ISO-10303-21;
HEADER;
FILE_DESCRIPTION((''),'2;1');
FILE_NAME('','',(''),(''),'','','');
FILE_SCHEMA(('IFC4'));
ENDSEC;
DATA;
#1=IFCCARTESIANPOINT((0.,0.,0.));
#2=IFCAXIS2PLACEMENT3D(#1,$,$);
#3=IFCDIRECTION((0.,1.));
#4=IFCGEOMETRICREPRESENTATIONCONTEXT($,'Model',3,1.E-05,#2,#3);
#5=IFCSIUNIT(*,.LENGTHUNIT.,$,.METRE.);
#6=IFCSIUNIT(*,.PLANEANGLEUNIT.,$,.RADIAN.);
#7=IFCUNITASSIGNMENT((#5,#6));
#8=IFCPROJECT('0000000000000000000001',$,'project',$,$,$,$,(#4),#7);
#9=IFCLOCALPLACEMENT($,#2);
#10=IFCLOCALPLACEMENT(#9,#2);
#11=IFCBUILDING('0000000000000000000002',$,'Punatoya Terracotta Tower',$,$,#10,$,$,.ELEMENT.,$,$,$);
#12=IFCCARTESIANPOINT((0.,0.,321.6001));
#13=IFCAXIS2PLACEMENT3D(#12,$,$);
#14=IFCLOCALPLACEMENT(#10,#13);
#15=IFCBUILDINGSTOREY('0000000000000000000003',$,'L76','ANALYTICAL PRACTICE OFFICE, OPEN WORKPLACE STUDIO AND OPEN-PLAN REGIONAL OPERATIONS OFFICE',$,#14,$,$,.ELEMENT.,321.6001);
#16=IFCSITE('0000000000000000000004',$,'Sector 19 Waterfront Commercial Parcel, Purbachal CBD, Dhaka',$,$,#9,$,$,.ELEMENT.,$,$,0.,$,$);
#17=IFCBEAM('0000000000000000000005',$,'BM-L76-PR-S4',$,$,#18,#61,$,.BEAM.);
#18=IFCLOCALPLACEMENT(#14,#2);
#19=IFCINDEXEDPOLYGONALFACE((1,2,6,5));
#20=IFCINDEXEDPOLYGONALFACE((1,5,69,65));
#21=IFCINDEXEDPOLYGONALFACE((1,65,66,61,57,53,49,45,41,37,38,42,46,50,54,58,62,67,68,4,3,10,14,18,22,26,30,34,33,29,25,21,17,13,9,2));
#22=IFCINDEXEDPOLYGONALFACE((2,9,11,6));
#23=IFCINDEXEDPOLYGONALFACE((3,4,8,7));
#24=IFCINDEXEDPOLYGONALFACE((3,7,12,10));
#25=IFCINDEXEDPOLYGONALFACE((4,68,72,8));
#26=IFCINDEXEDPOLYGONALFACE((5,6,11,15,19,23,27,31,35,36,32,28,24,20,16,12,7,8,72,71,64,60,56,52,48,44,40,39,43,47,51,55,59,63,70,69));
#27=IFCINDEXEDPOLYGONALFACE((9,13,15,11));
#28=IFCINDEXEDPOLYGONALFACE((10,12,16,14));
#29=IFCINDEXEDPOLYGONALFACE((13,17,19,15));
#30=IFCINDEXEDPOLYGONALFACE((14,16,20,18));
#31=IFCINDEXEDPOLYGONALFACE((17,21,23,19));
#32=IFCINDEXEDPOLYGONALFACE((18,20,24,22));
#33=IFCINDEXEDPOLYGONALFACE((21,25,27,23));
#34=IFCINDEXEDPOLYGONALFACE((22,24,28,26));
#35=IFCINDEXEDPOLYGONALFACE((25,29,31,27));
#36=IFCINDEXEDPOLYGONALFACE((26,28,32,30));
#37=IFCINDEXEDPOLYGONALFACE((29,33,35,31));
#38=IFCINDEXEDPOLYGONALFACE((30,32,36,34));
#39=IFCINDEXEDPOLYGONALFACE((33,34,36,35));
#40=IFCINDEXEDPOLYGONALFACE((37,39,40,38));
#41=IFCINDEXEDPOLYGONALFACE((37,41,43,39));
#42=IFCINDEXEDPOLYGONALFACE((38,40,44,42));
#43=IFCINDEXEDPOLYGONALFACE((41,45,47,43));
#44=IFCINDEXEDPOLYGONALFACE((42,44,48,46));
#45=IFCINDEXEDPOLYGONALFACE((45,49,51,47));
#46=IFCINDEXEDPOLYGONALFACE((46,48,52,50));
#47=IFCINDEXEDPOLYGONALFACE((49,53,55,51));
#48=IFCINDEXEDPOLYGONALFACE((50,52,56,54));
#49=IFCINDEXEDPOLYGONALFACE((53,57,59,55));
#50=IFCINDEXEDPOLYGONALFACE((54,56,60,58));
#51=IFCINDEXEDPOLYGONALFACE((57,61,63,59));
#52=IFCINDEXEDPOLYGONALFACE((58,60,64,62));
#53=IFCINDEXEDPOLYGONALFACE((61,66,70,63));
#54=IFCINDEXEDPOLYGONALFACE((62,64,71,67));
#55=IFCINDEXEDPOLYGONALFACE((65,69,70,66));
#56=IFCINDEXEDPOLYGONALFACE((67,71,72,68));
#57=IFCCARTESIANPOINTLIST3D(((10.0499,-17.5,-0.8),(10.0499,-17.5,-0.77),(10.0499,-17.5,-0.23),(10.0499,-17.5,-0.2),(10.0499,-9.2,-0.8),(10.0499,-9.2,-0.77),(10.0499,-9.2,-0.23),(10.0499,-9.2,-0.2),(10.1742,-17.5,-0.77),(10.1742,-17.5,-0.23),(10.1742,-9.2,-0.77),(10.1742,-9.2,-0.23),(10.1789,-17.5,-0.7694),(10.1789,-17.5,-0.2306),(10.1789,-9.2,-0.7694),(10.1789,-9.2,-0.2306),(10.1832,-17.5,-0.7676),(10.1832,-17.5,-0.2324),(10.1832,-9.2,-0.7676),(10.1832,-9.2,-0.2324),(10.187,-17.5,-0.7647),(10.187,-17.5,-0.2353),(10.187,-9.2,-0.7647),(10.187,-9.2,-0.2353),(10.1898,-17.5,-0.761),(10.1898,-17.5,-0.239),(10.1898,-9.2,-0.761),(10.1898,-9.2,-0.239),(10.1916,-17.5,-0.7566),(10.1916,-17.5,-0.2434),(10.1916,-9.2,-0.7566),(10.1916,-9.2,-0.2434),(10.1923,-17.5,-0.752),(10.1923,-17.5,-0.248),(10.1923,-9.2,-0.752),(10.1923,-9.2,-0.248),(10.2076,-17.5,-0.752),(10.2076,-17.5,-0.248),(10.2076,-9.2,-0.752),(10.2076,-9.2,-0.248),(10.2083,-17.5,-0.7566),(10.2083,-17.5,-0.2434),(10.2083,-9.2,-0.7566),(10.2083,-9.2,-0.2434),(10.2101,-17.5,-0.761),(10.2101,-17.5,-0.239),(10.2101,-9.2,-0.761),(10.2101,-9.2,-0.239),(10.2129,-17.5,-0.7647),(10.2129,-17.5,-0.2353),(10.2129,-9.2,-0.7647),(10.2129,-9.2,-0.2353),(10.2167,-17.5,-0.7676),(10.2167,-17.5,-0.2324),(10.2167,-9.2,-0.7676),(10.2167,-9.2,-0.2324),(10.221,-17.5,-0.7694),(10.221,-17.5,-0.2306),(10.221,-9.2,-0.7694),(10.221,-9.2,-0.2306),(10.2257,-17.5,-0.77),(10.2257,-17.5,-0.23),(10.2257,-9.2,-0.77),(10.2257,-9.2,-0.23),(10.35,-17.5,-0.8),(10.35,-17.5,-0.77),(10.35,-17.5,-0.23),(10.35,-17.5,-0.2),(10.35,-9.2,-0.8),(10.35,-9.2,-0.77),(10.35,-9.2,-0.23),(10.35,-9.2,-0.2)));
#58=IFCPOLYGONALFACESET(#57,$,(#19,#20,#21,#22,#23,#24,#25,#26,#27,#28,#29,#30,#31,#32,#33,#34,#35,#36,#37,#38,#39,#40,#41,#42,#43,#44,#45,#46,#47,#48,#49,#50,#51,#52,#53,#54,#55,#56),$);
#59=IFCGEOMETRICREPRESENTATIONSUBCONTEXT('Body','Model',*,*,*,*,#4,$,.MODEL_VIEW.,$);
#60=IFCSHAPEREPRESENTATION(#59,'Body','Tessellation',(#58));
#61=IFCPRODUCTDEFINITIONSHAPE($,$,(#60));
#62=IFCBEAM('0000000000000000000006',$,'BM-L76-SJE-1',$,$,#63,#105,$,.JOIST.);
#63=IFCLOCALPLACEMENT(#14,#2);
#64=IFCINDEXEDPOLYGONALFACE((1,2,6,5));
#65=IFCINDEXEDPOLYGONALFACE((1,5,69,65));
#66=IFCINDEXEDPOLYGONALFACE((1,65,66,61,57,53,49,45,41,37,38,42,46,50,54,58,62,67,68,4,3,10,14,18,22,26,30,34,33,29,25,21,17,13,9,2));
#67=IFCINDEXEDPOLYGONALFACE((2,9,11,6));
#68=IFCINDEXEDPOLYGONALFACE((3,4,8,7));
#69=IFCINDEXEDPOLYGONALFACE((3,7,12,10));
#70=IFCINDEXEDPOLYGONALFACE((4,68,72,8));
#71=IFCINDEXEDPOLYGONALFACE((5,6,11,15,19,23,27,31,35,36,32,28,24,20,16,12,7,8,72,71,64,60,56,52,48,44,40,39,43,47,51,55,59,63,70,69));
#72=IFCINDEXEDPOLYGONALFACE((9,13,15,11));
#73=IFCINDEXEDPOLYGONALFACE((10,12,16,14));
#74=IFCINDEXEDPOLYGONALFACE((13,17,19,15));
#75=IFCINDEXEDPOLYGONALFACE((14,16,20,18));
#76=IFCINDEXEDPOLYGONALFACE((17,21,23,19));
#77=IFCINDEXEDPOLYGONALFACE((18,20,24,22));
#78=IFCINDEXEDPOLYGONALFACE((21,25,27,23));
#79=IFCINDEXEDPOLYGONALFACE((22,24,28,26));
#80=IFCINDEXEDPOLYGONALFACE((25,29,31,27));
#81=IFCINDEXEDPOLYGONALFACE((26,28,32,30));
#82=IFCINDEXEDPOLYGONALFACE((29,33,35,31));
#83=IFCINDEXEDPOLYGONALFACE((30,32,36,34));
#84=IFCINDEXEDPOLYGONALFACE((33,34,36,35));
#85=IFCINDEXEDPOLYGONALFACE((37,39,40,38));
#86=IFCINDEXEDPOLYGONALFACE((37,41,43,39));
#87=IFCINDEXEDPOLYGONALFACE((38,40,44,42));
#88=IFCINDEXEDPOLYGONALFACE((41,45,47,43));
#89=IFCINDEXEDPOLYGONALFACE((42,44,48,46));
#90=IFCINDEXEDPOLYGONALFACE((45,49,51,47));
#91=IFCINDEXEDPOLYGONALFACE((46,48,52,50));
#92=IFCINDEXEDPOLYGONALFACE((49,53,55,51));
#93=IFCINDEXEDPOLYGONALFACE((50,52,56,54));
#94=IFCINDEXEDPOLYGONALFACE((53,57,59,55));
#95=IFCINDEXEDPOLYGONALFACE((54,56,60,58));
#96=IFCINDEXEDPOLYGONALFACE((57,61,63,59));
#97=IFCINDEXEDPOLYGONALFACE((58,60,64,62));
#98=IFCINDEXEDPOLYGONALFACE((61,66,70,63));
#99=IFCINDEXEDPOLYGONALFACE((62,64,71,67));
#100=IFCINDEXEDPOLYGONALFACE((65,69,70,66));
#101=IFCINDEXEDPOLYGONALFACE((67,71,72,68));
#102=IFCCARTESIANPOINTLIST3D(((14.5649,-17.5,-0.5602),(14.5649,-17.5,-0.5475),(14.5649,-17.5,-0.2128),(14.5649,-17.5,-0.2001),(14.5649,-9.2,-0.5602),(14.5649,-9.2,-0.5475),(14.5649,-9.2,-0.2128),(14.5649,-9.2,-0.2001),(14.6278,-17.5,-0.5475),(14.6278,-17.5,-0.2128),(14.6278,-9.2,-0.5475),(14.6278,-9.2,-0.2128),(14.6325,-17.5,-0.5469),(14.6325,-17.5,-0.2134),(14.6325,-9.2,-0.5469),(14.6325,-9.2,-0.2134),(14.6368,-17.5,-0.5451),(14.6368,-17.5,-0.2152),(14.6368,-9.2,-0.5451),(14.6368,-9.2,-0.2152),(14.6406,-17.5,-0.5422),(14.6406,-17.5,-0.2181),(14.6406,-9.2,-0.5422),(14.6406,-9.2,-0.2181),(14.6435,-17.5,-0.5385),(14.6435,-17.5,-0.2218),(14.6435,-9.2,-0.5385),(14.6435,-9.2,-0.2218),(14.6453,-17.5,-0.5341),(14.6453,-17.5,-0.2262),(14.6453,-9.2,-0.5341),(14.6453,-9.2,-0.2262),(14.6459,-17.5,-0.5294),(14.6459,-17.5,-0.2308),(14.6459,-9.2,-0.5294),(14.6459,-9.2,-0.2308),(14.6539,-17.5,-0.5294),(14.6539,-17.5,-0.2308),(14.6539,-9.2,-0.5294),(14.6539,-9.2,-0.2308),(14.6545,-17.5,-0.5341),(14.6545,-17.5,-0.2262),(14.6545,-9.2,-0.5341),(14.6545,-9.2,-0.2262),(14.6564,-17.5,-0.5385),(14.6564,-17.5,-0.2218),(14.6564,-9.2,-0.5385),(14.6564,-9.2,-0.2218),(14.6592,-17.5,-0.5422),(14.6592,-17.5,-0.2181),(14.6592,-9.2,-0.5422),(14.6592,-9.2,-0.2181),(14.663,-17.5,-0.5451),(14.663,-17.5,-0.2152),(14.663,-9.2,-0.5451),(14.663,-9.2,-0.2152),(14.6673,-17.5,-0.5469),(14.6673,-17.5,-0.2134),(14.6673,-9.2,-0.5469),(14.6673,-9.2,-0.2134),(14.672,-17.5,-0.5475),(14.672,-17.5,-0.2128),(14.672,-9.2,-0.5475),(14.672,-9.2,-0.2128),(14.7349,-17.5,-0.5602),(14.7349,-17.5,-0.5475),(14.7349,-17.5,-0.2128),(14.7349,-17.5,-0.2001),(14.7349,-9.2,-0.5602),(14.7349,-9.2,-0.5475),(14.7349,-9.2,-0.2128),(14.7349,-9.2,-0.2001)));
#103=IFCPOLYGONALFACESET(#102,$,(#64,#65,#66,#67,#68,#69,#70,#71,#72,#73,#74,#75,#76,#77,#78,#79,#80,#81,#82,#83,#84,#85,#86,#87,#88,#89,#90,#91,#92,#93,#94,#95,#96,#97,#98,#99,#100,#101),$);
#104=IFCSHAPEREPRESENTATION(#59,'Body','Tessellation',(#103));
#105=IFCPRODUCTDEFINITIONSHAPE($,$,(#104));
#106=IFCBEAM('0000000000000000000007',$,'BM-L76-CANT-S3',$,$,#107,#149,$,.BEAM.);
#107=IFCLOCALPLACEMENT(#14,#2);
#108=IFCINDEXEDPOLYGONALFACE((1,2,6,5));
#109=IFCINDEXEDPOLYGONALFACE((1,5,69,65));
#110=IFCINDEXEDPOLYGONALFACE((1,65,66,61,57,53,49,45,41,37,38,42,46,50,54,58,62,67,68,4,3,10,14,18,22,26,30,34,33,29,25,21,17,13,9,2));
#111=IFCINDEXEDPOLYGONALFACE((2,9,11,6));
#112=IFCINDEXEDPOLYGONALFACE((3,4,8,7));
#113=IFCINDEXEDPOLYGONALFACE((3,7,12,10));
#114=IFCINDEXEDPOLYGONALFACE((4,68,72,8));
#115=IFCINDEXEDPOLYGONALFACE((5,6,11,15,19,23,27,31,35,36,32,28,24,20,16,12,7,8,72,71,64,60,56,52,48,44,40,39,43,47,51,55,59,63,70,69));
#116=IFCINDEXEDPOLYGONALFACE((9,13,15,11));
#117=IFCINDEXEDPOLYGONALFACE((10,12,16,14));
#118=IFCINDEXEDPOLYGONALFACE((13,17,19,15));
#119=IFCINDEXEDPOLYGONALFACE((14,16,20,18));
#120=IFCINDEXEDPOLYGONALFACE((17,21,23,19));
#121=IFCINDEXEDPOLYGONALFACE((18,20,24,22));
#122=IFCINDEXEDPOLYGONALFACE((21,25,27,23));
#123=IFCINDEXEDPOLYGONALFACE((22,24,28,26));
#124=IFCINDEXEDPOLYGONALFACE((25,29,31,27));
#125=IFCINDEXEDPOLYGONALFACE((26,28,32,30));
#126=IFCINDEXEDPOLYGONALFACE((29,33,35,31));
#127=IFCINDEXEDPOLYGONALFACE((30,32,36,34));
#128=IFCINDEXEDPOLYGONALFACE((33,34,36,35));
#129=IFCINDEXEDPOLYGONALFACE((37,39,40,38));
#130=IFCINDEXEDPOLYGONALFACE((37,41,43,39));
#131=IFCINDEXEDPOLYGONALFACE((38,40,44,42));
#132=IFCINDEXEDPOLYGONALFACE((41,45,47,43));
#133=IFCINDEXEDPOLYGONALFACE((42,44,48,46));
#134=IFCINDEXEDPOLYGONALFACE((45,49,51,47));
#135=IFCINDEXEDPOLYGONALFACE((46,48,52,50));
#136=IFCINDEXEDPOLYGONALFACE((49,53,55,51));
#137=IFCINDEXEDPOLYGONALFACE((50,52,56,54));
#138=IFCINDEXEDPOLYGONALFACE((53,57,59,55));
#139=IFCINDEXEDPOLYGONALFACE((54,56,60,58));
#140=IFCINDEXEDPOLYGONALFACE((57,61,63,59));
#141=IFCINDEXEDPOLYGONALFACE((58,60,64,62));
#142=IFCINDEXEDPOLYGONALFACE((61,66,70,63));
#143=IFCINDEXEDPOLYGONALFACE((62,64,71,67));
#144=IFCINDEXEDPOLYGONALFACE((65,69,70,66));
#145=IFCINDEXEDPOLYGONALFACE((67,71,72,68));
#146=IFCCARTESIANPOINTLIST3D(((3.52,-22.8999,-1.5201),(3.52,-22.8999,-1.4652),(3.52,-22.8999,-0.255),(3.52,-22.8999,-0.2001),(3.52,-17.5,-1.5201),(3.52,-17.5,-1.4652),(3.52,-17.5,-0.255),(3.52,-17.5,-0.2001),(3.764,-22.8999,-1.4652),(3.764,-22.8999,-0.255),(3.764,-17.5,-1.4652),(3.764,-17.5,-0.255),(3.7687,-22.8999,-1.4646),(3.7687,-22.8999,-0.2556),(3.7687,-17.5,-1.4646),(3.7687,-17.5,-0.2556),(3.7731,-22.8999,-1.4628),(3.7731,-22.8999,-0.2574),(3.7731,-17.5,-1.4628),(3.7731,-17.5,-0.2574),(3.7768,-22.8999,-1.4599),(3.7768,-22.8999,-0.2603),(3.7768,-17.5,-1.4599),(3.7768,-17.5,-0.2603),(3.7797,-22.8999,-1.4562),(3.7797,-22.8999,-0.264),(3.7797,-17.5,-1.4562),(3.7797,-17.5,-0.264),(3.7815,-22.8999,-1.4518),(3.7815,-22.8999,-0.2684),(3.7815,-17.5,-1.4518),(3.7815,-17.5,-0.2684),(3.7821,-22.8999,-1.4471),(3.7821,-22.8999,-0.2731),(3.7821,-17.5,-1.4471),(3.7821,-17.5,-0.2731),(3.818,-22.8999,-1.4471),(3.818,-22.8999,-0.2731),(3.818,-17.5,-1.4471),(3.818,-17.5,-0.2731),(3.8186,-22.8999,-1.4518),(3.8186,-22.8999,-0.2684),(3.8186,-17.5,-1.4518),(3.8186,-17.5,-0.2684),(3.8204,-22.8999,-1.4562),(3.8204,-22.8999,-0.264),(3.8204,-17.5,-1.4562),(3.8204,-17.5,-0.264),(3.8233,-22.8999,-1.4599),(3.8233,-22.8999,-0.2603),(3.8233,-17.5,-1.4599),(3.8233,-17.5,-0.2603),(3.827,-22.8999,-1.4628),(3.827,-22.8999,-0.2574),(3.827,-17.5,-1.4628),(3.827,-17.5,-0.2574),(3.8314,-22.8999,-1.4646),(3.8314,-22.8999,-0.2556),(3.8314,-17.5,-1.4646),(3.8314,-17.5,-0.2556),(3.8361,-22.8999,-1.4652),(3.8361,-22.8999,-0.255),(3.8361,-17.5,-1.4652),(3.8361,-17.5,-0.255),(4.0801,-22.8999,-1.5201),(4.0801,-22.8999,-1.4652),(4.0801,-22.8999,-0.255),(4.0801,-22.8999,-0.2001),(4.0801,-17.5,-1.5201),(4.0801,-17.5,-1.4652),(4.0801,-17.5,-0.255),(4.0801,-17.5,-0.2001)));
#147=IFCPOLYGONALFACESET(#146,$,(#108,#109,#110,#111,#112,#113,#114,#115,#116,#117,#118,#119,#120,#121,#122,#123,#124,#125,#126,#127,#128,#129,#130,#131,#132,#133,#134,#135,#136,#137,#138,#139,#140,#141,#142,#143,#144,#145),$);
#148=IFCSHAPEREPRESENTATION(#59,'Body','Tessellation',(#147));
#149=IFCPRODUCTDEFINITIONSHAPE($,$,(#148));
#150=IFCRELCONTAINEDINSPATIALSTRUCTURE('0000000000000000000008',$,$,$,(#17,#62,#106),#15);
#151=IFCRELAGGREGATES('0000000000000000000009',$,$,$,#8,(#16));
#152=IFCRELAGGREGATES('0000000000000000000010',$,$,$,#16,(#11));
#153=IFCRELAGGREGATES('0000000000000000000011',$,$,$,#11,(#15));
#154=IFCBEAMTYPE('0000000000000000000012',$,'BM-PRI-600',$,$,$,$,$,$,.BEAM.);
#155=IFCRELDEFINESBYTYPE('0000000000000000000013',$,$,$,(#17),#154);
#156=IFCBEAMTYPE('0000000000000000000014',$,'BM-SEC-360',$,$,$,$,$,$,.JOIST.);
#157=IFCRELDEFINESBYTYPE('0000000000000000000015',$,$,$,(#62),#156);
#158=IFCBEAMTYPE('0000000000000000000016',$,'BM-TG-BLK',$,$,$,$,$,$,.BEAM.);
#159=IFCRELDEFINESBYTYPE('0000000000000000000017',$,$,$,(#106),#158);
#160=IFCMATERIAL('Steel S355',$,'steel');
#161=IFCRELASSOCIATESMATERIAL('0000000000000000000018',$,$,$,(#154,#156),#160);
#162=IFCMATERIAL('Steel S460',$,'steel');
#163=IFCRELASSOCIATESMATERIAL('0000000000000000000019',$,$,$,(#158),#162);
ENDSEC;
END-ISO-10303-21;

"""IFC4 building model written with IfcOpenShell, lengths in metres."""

from ifc_helpers import new_model, si_unit, direction, frame, origin, origin_2d, place, context, subcontext, project, spatial, i_section, extrude, material, material_profile, profile_set, type_object, element, save


model = new_model("IFC4")

# Units and contexts
model_context = context("Model", 3, precision=1e-05, world=origin(), true_north=direction((0.0, 1.0)))
body_context = subcontext(model_context, "Body", "Model", "MODEL_VIEW")
ifc_project = project(units=[si_unit("LENGTHUNIT", "METRE"), si_unit("PLANEANGLEUNIT", "RADIAN")], contexts=[model_context])

# Site, building, storey
site_placement = place(None, origin())
site = spatial("IfcSite", under=ifc_project, at=site_placement, Name="Sector 19 Waterfront Commercial Parcel, Purbachal CBD, Dhaka", CompositionType="ELEMENT", RefElevation=0.0)
building_placement = place(site_placement, origin())
building = spatial("IfcBuilding", under=site, at=building_placement, Name="Punatoya Terracotta Tower", CompositionType="ELEMENT")
storey_placement = place(building_placement, frame((0.0, 0.0, 321.6001)))
storey = spatial("IfcBuildingStorey", under=building, at=storey_placement, Name="L76", Description="ANALYTICAL PRACTICE OFFICE, OPEN WORKPLACE STUDIO AND OPEN-PLAN REGIONAL OPERATIONS OFFICE", CompositionType="ELEMENT", Elevation=321.6001)

# Shared definitions
ifc_material_1 = material(Name="Steel S460", Category="steel")

# Beams
ifc_material_2 = material(Name="Steel S355", Category="steel")
ifc_material_profile_1 = material_profile(ifc_material_2, i_section(OverallWidth=0.3, OverallDepth=0.6001, WebThickness=0.0154, FlangeThickness=0.03, FilletRadius=0.0181, at=origin_2d()))
ifc_profile_set_1 = profile_set([ifc_material_profile_1], Name="Steel S355")
beam_type_1 = type_object("IfcBeamType", Name="BM-PRI-600", PredefinedType="BEAM", material=ifc_profile_set_1)
for number, where, z_axis, x_axis, name in (
    (1, (10.2, -17.5, -0.5), (0.0, 1.0, 0.0), (-1.0, 0.0, 0.0), "BM-L76-PR-S4"),
):
    element("IfcBeam", number, at=place(storey_placement, frame(where, z_axis=z_axis, x_axis=x_axis)), inside=storey, type_object=beam_type_1, Name=name, PredefinedType="BEAM", context=body_context, shape_type="SweptSolid", body=[
        extrude(i_section(OverallWidth=0.3, OverallDepth=0.6001, WebThickness=0.0154, FlangeThickness=0.03, FilletRadius=0.0181, at=origin_2d()), origin(), (0.0, 0.0, 1.0), 8.3),
    ])
ifc_material_profile_2 = material_profile(ifc_material_2, i_section(OverallWidth=0.1699, OverallDepth=0.3601, WebThickness=0.0081, FlangeThickness=0.0127, FilletRadius=0.0181, at=origin_2d()))
ifc_profile_set_2 = profile_set([ifc_material_profile_2], Name="Steel S355")
beam_type_2 = type_object("IfcBeamType", Name="BM-SEC-360", PredefinedType="JOIST", material=ifc_profile_set_2)
beam_1_placement = place(storey_placement, frame((14.6499, -17.5, -0.3801), z_axis=(0.0, 1.0, 0.0), x_axis=(-1.0, 0.0, 0.0)))
element("IfcBeam", 2, at=beam_1_placement, inside=storey, type_object=beam_type_2, Name="BM-L76-SJE-1", PredefinedType="JOIST", context=body_context, shape_type="SweptSolid", body=[
    extrude(i_section(OverallWidth=0.1699, OverallDepth=0.3601, WebThickness=0.0081, FlangeThickness=0.0127, FilletRadius=0.0181, at=origin_2d()), origin(), (0.0, 0.0, 1.0), 8.3),
])
ifc_material_profile_3 = material_profile(ifc_material_1, i_section(OverallWidth=0.5601, OverallDepth=1.3201, WebThickness=0.0359, FlangeThickness=0.0549, FilletRadius=0.0181, at=origin_2d()))
ifc_profile_set_3 = profile_set([ifc_material_profile_3], Name="Steel S460")
beam_type_3 = type_object("IfcBeamType", Name="BM-TG-BLK", PredefinedType="BEAM", material=ifc_profile_set_3)
beam_2_placement = place(storey_placement, frame((3.8, -22.8999, -0.8601), z_axis=(0.0, 1.0, 0.0), x_axis=(-1.0, 0.0, 0.0)))
element("IfcBeam", 3, at=beam_2_placement, inside=storey, type_object=beam_type_3, Name="BM-L76-CANT-S3", PredefinedType="BEAM", context=body_context, shape_type="SweptSolid", body=[
    extrude(i_section(OverallWidth=0.5601, OverallDepth=1.3201, WebThickness=0.0359, FlangeThickness=0.0549, FilletRadius=0.0181, at=origin_2d()), origin(), (0.0, 0.0, 1.0), 5.3999),
])

save(model, "model.ifc")
